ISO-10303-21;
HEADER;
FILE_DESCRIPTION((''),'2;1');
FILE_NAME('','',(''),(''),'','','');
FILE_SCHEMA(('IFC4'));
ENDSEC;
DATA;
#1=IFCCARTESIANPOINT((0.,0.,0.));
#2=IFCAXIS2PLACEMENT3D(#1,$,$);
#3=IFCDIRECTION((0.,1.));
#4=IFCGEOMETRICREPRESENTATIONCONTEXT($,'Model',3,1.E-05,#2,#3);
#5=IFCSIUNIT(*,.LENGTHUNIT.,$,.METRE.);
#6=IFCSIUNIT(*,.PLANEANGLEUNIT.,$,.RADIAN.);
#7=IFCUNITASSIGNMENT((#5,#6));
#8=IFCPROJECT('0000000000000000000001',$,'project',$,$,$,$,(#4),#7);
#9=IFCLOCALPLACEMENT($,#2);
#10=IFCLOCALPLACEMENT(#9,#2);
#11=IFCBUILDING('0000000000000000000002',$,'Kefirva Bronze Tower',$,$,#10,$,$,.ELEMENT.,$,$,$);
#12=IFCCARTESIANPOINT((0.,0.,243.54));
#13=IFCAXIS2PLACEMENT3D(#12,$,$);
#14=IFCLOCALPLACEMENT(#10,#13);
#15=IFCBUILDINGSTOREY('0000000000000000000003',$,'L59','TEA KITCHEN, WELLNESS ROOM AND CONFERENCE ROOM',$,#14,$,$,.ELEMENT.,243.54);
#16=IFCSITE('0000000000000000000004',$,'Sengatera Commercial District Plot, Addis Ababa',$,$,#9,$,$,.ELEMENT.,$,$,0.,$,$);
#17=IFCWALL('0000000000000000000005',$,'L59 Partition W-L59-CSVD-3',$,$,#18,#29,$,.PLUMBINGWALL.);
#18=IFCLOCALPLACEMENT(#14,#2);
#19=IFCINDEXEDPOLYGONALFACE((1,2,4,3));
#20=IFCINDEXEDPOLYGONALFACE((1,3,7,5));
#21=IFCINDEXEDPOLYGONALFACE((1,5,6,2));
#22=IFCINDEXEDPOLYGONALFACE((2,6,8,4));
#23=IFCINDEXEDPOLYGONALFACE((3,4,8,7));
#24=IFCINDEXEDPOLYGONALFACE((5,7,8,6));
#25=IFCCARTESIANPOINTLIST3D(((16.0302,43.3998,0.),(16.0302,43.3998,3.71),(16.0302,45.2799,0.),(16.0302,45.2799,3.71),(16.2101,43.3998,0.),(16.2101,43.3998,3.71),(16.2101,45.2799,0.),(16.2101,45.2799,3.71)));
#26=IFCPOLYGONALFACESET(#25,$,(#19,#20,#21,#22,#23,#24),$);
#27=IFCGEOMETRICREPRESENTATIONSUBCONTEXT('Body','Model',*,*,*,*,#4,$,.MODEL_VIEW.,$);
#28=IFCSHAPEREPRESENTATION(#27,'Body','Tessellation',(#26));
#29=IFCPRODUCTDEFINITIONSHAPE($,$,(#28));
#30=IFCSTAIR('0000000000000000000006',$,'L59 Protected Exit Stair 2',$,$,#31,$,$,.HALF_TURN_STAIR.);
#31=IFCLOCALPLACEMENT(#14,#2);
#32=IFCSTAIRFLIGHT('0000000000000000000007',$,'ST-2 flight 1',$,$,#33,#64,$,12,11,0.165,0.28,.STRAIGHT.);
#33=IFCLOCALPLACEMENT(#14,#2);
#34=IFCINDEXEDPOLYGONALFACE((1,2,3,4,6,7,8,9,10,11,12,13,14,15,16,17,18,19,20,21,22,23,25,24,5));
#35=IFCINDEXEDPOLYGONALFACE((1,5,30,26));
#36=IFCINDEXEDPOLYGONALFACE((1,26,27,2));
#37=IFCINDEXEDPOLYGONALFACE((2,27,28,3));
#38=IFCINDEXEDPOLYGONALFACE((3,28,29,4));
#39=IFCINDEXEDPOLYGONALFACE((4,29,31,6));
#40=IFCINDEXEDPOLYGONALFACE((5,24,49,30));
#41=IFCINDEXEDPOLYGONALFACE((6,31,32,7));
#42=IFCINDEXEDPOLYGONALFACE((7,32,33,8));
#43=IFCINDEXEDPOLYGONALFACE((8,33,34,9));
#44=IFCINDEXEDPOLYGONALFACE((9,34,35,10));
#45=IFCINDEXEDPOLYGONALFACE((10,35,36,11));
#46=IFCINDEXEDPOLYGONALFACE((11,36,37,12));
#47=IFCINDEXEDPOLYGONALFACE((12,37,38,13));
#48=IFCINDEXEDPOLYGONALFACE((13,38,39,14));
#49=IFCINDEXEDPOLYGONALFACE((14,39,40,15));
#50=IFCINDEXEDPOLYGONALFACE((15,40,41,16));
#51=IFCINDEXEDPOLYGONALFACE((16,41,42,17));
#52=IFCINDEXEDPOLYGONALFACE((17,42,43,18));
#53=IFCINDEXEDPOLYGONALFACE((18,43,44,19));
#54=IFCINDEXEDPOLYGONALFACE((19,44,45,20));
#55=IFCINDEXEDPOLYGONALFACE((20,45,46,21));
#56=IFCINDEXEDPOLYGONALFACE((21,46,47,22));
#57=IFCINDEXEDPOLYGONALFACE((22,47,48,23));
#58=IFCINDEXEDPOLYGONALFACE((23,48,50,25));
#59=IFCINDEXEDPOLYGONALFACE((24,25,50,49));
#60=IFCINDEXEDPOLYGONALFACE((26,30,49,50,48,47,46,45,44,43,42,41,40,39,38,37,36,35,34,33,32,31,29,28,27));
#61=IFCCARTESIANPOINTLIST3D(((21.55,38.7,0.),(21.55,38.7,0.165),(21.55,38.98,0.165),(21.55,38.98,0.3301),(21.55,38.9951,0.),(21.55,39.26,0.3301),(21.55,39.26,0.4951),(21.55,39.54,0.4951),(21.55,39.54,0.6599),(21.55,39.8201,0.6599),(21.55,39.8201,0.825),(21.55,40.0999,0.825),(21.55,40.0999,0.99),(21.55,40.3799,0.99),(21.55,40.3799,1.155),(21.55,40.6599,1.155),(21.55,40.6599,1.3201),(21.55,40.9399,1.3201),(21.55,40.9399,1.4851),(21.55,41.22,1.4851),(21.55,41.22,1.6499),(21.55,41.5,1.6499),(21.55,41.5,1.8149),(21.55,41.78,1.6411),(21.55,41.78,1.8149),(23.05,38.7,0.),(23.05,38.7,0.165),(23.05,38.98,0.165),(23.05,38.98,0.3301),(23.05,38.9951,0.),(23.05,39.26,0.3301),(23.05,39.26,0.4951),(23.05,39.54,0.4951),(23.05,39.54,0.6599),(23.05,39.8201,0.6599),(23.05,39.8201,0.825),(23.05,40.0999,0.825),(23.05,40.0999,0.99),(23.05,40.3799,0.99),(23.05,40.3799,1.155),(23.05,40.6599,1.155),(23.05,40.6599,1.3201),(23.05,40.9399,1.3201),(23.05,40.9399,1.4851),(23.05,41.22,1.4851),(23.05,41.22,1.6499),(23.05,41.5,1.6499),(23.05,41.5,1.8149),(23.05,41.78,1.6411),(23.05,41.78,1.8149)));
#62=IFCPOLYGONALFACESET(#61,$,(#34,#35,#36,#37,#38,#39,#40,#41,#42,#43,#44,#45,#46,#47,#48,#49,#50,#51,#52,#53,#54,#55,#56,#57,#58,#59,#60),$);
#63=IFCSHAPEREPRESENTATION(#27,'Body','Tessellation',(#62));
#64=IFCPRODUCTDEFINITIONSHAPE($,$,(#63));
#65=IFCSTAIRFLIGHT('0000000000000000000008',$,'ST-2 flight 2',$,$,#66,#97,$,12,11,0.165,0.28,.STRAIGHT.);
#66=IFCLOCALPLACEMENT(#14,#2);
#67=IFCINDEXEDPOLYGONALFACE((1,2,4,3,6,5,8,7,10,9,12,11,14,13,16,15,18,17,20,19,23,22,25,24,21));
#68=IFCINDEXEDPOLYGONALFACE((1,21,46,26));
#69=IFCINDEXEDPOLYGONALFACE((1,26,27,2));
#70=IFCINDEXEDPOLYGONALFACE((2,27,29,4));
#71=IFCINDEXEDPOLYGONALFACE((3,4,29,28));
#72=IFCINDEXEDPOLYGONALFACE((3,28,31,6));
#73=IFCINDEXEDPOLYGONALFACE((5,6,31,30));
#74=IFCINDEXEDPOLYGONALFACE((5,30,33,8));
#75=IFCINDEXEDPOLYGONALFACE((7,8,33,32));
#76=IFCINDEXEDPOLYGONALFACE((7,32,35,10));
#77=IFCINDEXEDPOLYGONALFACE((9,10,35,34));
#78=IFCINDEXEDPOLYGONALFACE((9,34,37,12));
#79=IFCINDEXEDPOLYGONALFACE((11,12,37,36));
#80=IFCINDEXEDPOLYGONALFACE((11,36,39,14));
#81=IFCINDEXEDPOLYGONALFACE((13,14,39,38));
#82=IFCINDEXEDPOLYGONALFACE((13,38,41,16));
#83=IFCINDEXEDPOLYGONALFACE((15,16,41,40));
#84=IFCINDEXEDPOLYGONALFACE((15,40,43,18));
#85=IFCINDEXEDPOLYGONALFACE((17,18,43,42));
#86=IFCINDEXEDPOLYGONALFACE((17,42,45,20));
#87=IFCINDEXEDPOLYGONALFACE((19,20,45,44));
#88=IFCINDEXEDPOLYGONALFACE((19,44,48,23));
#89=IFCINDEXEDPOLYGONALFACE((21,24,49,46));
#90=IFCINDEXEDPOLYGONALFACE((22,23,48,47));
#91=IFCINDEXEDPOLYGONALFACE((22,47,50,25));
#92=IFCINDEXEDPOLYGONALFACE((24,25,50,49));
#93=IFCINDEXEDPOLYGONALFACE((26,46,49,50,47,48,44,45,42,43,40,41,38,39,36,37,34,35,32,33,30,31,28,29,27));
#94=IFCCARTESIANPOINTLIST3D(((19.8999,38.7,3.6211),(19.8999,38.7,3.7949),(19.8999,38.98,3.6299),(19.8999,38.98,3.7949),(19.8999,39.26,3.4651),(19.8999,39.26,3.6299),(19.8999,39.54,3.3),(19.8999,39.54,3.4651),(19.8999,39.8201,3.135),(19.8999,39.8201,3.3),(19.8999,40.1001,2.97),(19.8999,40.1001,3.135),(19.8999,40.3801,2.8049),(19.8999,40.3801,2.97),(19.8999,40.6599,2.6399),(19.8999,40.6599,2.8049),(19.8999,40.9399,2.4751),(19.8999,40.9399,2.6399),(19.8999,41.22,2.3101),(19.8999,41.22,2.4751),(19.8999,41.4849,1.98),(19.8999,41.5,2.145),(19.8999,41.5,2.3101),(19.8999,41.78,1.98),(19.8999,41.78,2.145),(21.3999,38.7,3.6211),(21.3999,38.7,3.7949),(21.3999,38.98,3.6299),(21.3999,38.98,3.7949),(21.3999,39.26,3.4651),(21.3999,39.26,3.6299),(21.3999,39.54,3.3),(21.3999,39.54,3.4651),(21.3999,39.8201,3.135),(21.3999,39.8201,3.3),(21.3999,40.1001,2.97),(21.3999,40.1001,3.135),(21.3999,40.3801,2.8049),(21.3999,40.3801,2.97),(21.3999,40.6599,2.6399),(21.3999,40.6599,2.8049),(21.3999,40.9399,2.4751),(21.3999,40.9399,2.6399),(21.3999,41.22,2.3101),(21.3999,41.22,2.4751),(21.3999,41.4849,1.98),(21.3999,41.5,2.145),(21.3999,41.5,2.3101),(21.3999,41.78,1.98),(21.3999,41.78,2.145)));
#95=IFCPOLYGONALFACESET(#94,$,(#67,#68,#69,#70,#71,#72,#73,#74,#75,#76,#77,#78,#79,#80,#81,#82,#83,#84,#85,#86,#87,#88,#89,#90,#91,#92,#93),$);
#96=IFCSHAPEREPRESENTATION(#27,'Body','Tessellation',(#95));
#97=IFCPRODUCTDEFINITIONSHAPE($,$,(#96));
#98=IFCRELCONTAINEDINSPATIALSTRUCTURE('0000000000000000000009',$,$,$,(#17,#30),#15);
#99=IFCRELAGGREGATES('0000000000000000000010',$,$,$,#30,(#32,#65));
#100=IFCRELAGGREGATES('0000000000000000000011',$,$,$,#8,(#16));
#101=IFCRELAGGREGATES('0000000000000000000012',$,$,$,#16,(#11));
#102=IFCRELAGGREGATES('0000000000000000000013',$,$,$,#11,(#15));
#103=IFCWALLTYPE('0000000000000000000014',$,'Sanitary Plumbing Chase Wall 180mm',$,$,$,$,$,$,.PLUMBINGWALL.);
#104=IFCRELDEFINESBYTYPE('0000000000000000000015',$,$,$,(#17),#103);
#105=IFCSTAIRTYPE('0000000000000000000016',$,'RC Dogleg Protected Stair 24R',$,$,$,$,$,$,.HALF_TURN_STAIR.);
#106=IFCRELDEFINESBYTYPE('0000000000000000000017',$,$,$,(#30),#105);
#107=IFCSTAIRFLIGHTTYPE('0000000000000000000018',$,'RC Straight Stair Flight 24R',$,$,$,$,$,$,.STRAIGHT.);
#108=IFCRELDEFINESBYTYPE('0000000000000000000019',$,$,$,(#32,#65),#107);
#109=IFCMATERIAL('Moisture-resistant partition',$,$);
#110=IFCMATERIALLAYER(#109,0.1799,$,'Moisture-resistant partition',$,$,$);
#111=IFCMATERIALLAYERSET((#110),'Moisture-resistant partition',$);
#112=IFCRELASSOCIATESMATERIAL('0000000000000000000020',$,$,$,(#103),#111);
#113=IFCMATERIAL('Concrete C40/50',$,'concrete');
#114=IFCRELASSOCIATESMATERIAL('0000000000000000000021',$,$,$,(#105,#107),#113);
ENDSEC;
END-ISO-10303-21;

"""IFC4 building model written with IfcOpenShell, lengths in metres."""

from ifc_helpers import new_model, si_unit, direction, frame, frame_2d, origin, place, context, subcontext, project, spatial, polyline, rectangle, outline, extrude, material, layer, layer_set, type_object, element, aggregate, save


model = new_model("IFC4")

# Units and contexts
model_context = context("Model", 3, precision=1e-05, world=origin(), true_north=direction((0.0, 1.0)))
body_context = subcontext(model_context, "Body", "Model", "MODEL_VIEW")
ifc_project = project(units=[si_unit("LENGTHUNIT", "METRE"), si_unit("PLANEANGLEUNIT", "RADIAN")], contexts=[model_context])

# Site, building, storey
site_placement = place(None, origin())
site = spatial("IfcSite", under=ifc_project, at=site_placement, Name="Sengatera Commercial District Plot, Addis Ababa", CompositionType="ELEMENT", RefElevation=0.0)
building_placement = place(site_placement, origin())
building = spatial("IfcBuilding", under=site, at=building_placement, Name="Kefirva Bronze Tower", CompositionType="ELEMENT")
storey_placement = place(building_placement, frame((0.0, 0.0, 243.54)))
storey = spatial("IfcBuildingStorey", under=building, at=storey_placement, Name="L59", Description="TEA KITCHEN, WELLNESS ROOM AND CONFERENCE ROOM", CompositionType="ELEMENT", Elevation=243.54)

# Wall
ifc_material_1 = material(Name="Moisture-resistant partition")
ifc_layer_1 = layer(ifc_material_1, 0.1799, Name="Moisture-resistant partition")
ifc_layer_set_1 = layer_set([ifc_layer_1], Name="Moisture-resistant partition")
wall_type_1 = type_object("IfcWallType", Name="Sanitary Plumbing Chase Wall 180mm", PredefinedType="PLUMBINGWALL", material=ifc_layer_set_1)
for number, where, z_axis, x_axis, name in (
    (1, (16.1201, 43.3999, 0.0), (0.0, 0.0, 1.0), (0.0, 1.0, 0.0), "L59 Partition W-L59-CSVD-3"),
):
    element("IfcWall", number, at=place(storey_placement, frame(where, z_axis=z_axis, x_axis=x_axis)), inside=storey, type_object=wall_type_1, Name=name, PredefinedType="PLUMBINGWALL", context=body_context, shape_type="SweptSolid", body=[
        extrude(rectangle(XDim=1.8801, YDim=0.1799, at=frame_2d((0.9399, 0.0))), origin(), (0.0, 0.0, 1.0), 3.71),
    ])

# Stair, stair flights
ifc_material_2 = material(Name="Concrete C40/50", Category="concrete")
stair_type = type_object("IfcStairType", Name="RC Dogleg Protected Stair 24R", PredefinedType="HALF_TURN_STAIR", material=ifc_material_2)
stair_placement = place(storey_placement, origin())
stair = element("IfcStair", 2, at=stair_placement, inside=storey, type_object=stair_type, Name="L59 Protected Exit Stair 2", PredefinedType="HALF_TURN_STAIR")
stair_flight_type = type_object("IfcStairFlightType", Name="RC Straight Stair Flight 24R", PredefinedType="STRAIGHT", material=ifc_material_2)
stair_flight_1_placement = place(storey_placement, frame((22.3, 38.7, 0.0), z_axis=(0.0, 0.0, 1.0), x_axis=(0.0, 1.0, 0.0)))
stair_flight_1 = element("IfcStairFlight", 3, at=stair_flight_1_placement, type_object=stair_flight_type, Name="ST-2 flight 1", NumberOfRisers=12, NumberOfTreads=11, PredefinedType="STRAIGHT", RiserHeight=0.165, TreadLength=0.28, context=body_context, shape_type="SweptSolid", body=[
    extrude(outline(polyline([(0.0, 0.0), (0.0, 0.165), (0.28, 0.165), (0.28, 0.3301), (0.5601, 0.3301), (0.5601, 0.4951), (0.8401, 0.4951), (0.8401, 0.6599), (1.1201, 0.6599), (1.1201, 0.825), (1.3999, 0.825), (1.3999, 0.99), (1.6799, 0.99), (1.6799, 1.155), (1.96, 1.155), (1.96, 1.3201), (2.24, 1.3201), (2.24, 1.4851), (2.52, 1.4851), (2.52, 1.6499), (2.8, 1.6499), (2.8, 1.8149), (3.0801, 1.8149), (3.0801, 1.98), (3.0801, 1.6411), (0.2952, 0.0), (0.0, 0.0)])), frame((0.0, 0.75, 0.0), z_axis=(0.0, -1.0, 0.0), x_axis=(1.0, 0.0, 0.0)), (0.0, 0.0, 1.0), 1.5),
])
stair_flight_2_placement = place(storey_placement, frame((20.6499, 41.78, 1.98), z_axis=(0.0, 0.0, 1.0), x_axis=(0.0, -1.0, 0.0)))
stair_flight_2 = element("IfcStairFlight", 4, at=stair_flight_2_placement, type_object=stair_flight_type, Name="ST-2 flight 2", NumberOfRisers=12, NumberOfTreads=11, PredefinedType="STRAIGHT", RiserHeight=0.165, TreadLength=0.28, context=body_context, shape_type="SweptSolid", body=[
    extrude(outline(polyline([(0.0, 0.0), (0.0, 0.165), (0.28, 0.165), (0.28, 0.3301), (0.5601, 0.3301), (0.5601, 0.4951), (0.8401, 0.4951), (0.8401, 0.6599), (1.1201, 0.6599), (1.1201, 0.825), (1.3999, 0.825), (1.3999, 0.99), (1.6799, 0.99), (1.6799, 1.155), (1.96, 1.155), (1.96, 1.3201), (2.24, 1.3201), (2.24, 1.4851), (2.52, 1.4851), (2.52, 1.6499), (2.8, 1.6499), (2.8, 1.8149), (3.0801, 1.8149), (3.0801, 1.98), (3.0801, 1.6411), (0.2952, 0.0), (0.0, 0.0)])), frame((0.0, 0.75, 0.0), z_axis=(0.0, -1.0, 0.0), x_axis=(1.0, 0.0, 0.0)), (0.0, 0.0, 1.0), 1.5),
])
aggregate(stair, [stair_flight_1, stair_flight_2])

save(model, "model.ifc")
